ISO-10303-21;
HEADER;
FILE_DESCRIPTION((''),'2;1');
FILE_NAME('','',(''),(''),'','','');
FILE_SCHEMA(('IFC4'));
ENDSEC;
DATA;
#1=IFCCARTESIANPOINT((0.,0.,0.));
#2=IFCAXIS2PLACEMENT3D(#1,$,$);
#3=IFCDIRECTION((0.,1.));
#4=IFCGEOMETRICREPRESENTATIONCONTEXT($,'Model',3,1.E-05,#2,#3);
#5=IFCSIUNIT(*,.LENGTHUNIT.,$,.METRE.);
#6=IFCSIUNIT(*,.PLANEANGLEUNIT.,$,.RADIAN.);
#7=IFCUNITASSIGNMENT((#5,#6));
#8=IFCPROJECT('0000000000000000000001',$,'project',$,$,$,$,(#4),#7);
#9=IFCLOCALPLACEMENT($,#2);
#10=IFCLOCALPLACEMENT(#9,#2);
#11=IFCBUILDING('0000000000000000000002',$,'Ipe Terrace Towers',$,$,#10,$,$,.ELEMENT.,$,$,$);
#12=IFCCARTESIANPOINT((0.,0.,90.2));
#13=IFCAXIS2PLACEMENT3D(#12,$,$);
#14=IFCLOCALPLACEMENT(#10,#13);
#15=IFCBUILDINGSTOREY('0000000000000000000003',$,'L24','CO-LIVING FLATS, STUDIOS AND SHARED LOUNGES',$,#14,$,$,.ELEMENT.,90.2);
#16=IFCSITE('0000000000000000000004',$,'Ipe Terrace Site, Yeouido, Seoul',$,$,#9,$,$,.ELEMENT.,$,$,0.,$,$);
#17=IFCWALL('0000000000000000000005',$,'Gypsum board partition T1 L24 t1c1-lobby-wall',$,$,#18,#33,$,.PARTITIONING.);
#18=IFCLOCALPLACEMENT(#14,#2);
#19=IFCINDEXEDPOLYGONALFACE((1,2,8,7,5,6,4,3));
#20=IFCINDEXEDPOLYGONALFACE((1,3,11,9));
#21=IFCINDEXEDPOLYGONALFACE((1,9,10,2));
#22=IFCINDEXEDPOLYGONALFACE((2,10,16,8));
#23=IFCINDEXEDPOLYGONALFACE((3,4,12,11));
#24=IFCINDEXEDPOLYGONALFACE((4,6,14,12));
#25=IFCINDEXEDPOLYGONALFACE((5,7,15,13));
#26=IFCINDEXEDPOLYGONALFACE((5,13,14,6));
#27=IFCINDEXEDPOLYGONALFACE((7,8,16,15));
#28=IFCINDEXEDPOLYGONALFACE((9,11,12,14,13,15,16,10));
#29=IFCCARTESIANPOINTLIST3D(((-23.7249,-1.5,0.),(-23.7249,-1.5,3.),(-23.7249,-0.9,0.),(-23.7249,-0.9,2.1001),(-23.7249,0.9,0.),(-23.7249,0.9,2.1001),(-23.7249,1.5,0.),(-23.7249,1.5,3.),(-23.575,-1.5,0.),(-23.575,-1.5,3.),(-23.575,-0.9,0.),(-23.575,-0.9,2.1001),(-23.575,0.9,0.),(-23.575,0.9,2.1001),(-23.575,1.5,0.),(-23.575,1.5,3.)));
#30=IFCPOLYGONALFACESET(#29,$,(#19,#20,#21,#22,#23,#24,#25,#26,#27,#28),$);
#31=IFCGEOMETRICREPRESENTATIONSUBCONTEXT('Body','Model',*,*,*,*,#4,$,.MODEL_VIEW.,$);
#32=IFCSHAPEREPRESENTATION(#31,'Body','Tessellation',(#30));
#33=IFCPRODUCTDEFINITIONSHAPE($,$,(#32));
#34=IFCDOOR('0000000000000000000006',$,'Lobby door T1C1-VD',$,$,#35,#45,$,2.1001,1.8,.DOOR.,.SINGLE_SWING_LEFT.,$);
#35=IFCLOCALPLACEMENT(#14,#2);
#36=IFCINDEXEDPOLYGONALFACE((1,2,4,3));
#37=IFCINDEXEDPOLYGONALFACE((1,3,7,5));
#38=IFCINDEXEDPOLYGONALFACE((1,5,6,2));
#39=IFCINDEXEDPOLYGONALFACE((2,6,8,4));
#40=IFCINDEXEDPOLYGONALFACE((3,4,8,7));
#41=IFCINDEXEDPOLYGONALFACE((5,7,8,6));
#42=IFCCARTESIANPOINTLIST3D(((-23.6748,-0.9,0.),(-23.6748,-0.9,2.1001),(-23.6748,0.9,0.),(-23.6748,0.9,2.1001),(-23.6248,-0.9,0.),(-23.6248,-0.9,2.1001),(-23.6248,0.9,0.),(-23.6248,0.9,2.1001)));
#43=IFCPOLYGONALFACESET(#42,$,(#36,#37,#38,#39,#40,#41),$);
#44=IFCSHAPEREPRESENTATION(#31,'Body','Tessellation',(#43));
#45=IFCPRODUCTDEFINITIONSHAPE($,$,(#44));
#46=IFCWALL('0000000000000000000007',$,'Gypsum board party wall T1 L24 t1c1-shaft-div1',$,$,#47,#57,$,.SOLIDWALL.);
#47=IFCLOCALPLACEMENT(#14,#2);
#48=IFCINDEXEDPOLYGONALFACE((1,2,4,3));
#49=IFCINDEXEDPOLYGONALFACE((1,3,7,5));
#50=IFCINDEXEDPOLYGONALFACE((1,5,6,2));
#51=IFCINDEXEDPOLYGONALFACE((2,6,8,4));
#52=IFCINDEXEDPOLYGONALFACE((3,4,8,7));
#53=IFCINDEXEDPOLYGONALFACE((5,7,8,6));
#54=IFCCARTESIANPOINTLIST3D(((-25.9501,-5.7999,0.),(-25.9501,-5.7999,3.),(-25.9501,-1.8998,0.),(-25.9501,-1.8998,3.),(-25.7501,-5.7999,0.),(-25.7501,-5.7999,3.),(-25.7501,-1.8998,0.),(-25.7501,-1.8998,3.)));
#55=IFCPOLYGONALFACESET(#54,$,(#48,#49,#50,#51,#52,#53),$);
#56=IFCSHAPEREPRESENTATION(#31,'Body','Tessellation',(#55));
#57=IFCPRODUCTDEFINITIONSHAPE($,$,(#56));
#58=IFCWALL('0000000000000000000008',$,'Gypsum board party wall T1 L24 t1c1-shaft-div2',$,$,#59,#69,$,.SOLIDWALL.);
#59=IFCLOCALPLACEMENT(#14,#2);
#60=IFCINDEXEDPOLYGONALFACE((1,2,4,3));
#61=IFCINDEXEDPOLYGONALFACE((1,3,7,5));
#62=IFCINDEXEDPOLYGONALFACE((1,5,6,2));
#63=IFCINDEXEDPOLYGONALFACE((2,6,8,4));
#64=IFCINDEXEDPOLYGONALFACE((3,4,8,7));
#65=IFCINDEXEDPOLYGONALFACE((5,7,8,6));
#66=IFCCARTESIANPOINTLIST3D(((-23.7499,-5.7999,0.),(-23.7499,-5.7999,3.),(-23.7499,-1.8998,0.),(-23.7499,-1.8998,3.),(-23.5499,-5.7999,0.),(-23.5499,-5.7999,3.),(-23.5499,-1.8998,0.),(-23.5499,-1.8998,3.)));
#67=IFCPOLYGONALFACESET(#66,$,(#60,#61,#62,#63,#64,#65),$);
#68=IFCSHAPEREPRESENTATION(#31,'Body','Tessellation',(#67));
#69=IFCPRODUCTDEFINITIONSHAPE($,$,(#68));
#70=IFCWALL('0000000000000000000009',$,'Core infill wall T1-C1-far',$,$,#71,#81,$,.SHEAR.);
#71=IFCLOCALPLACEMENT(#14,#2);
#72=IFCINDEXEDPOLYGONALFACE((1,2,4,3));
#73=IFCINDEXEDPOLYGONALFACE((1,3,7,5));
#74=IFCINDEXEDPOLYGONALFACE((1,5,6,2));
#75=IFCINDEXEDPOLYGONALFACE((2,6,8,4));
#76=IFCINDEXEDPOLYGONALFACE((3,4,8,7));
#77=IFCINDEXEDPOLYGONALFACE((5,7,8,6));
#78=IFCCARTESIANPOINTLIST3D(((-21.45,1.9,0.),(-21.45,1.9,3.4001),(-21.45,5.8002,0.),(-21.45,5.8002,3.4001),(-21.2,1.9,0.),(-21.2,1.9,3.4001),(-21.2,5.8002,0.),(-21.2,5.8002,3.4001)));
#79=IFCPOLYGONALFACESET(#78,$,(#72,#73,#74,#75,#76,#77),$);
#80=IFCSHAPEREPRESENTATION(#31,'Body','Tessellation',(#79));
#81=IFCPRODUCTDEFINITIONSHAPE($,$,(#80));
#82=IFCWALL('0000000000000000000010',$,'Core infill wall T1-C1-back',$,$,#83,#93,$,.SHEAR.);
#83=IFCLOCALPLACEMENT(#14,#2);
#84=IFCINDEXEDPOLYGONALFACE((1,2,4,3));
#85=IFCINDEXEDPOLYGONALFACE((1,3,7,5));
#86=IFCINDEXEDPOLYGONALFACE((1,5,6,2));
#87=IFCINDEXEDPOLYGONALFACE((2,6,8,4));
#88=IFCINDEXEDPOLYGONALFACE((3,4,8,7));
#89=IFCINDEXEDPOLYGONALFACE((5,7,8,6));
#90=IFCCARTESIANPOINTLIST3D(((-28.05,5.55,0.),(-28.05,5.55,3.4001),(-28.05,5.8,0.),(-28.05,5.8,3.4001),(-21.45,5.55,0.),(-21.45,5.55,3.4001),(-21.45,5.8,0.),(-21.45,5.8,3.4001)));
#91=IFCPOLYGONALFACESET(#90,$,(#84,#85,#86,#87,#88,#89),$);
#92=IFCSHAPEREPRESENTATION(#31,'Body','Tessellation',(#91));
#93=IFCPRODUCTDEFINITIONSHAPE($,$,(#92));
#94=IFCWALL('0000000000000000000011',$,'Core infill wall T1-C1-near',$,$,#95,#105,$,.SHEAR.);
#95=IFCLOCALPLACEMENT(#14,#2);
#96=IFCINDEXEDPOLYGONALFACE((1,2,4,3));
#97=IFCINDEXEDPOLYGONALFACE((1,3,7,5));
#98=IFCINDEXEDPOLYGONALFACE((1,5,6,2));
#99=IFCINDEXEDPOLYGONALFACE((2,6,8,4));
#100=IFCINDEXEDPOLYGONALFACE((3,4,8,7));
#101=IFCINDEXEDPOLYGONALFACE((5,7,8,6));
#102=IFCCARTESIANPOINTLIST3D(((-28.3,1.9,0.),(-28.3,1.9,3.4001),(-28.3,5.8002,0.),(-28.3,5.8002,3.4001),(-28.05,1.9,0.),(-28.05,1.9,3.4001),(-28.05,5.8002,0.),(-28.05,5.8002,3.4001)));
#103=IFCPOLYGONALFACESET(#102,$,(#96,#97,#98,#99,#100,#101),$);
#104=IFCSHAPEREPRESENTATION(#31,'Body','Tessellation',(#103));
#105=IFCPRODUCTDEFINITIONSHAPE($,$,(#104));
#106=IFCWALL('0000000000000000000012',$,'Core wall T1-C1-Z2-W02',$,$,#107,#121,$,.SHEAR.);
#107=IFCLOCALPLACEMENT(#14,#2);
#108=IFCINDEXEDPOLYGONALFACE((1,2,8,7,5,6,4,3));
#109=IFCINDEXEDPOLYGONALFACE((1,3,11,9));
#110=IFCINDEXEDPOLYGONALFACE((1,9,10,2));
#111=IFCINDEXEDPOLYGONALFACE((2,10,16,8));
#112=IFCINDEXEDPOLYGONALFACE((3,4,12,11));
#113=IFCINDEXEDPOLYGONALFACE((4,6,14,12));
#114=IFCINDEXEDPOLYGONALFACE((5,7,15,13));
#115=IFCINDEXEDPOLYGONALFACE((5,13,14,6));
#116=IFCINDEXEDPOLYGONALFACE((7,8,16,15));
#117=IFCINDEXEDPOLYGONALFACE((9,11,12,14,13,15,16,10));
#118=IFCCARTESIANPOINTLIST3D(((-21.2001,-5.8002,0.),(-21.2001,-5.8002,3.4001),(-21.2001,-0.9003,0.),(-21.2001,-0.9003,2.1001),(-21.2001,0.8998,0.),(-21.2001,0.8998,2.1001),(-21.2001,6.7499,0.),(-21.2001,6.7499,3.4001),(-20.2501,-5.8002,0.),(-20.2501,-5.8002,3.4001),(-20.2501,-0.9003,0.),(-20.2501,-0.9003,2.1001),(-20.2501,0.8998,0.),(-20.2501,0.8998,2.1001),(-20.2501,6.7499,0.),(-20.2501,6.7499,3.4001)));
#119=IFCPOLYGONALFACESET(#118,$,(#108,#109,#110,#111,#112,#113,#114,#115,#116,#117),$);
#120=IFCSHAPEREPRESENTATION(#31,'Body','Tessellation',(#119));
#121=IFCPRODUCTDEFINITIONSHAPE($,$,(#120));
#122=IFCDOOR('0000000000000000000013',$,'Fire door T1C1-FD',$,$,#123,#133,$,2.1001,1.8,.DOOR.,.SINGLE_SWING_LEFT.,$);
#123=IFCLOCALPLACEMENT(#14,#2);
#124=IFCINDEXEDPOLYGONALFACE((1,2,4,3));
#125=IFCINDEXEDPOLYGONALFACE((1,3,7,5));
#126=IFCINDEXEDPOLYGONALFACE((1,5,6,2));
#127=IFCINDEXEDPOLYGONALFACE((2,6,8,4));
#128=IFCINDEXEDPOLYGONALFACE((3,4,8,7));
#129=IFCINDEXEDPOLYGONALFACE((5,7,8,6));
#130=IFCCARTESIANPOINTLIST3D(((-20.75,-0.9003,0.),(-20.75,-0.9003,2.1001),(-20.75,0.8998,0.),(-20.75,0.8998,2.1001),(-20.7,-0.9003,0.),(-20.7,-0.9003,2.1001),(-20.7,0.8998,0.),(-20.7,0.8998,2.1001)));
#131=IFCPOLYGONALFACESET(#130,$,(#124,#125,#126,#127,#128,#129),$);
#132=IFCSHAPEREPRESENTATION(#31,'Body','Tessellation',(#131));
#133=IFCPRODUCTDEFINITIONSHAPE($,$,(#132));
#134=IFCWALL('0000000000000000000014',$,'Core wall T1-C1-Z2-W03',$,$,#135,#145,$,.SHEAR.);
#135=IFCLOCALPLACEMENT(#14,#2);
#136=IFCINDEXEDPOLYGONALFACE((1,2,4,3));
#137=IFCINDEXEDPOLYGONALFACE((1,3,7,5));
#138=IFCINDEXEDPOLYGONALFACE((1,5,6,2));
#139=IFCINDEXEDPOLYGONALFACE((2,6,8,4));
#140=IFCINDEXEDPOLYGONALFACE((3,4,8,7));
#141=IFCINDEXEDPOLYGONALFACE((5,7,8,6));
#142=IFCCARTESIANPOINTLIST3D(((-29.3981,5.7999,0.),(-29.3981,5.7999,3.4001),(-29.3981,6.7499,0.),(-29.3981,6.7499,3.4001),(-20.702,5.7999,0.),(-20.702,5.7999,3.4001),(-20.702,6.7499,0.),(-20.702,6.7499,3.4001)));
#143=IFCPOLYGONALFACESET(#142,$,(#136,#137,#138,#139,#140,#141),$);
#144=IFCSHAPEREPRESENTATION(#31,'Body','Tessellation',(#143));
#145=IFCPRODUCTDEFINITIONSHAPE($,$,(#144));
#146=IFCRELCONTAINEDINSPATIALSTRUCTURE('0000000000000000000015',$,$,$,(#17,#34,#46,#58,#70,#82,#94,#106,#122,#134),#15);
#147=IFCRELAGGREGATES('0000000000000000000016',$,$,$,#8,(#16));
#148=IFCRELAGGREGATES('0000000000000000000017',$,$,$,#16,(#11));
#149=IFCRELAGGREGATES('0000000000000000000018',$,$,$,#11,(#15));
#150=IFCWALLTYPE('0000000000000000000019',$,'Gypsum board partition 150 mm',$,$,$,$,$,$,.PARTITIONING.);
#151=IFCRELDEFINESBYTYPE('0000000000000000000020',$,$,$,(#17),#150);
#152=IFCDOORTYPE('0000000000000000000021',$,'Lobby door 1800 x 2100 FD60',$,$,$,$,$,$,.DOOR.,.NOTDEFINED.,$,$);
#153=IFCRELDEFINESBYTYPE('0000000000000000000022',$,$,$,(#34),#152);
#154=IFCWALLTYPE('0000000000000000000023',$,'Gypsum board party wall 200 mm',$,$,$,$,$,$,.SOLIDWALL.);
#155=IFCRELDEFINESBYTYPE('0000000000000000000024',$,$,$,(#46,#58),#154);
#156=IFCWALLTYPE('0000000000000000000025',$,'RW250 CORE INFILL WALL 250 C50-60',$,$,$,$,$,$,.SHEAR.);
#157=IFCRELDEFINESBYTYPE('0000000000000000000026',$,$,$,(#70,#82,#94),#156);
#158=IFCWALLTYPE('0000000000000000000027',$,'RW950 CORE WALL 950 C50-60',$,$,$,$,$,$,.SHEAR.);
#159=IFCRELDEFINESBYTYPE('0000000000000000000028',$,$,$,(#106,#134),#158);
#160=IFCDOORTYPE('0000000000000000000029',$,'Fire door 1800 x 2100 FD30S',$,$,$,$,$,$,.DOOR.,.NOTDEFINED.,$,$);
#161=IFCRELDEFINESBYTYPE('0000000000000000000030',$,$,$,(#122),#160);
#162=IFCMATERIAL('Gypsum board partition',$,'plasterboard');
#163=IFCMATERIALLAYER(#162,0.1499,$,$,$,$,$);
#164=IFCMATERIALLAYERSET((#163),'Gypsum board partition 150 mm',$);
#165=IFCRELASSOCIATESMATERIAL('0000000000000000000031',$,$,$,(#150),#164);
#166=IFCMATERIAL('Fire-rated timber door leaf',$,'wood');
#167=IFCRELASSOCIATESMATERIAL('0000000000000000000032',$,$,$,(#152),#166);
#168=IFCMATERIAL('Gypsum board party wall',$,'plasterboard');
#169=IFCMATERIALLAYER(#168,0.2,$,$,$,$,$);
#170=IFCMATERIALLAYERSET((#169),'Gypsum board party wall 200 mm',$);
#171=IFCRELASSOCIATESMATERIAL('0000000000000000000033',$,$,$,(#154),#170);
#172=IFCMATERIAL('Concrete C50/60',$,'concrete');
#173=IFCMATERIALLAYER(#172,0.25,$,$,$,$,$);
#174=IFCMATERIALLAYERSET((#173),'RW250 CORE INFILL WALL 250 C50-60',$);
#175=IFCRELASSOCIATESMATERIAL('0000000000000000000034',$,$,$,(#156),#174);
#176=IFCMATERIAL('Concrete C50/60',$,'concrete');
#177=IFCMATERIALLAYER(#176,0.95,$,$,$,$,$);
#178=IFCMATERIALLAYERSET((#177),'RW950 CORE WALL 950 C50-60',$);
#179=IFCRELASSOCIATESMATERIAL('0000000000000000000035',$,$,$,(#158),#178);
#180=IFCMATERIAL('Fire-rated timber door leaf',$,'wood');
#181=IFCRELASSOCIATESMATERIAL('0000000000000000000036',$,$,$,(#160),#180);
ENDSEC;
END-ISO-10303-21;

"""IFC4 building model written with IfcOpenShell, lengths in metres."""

from ifc_helpers import new_model, si_unit, direction, frame, frame_2d, origin, place, context, subcontext, project, spatial, rectangle, extrude, material, layer, layer_set, type_object, element, fill, save


model = new_model("IFC4")

# Units and contexts
model_context = context("Model", 3, precision=1e-05, world=origin(), true_north=direction((0.0, 1.0)))
body_context = subcontext(model_context, "Body", "Model", "MODEL_VIEW")
ifc_project = project(units=[si_unit("LENGTHUNIT", "METRE"), si_unit("PLANEANGLEUNIT", "RADIAN")], contexts=[model_context])

# Site, building, storey
site_placement = place(None, origin())
site = spatial("IfcSite", under=ifc_project, at=site_placement, Name="Ipe Terrace Site, Yeouido, Seoul", CompositionType="ELEMENT", RefElevation=0.0)
building_placement = place(site_placement, origin())
building = spatial("IfcBuilding", under=site, at=building_placement, Name="Ipe Terrace Towers", CompositionType="ELEMENT")
storey_placement = place(building_placement, frame((0.0, 0.0, 90.2)))
storey = spatial("IfcBuildingStorey", under=building, at=storey_placement, Name="L24", Description="CO-LIVING FLATS, STUDIOS AND SHARED LOUNGES", CompositionType="ELEMENT", Elevation=90.2)

# Wall, opening, door
ifc_material_1 = material(Name="Gypsum board partition", Category="plasterboard")
ifc_layer_1 = layer(ifc_material_1, 0.1499)
ifc_layer_set_1 = layer_set([ifc_layer_1], Name="Gypsum board partition 150 mm")
wall_type_1 = type_object("IfcWallType", Name="Gypsum board partition 150 mm", PredefinedType="PARTITIONING", material=ifc_layer_set_1)
wall_1_placement = place(storey_placement, frame((-23.6499, -1.5, 0.0), z_axis=(0.0, 0.0, 1.0), x_axis=(0.0, 1.0, 0.0)))
wall_1 = element("IfcWall", 1, at=wall_1_placement, inside=storey, type_object=wall_type_1, Name="Gypsum board partition T1 L24 t1c1-lobby-wall", PredefinedType="PARTITIONING", context=body_context, shape_type="SweptSolid", body=[
    extrude(rectangle(XDim=3.0, YDim=0.1499, at=frame_2d((1.5, 0.0))), origin(), (0.0, 0.0, 1.0), 3.0),
])
opening_1_placement = place(wall_1_placement, frame((0.6001, 0.0, 0.0)))
opening_1 = element("IfcOpeningElement", 2, at=opening_1_placement, cuts=wall_1, PredefinedType="OPENING", context=body_context, shape_type="SweptSolid", body=[
    extrude(rectangle(XDim=1.8, YDim=2.1001, at=frame_2d((0.8999, 1.05))), frame((0.0, 0.085, 0.0), z_axis=(0.0, -1.0, 0.0), x_axis=(1.0, 0.0, 0.0)), (0.0, 0.0, 1.0), 0.1699),
])
ifc_material_2 = material(Name="Fire-rated timber door leaf", Category="wood")
door_type_1 = type_object("IfcDoorType", Name="Lobby door 1800 x 2100 FD60", OperationType="NOTDEFINED", PredefinedType="DOOR", material=ifc_material_2)
door_1_placement = place(opening_1_placement, origin())
door_1 = element("IfcDoor", 3, at=door_1_placement, inside=storey, type_object=door_type_1, Name="Lobby door T1C1-VD", OperationType="SINGLE_SWING_LEFT", OverallHeight=2.1001, OverallWidth=1.8, PredefinedType="DOOR", context=body_context, shape_type="SweptSolid", body=[
    extrude(rectangle(XDim=1.8, YDim=2.1001, at=frame_2d((0.8999, 1.05))), frame((0.0, 0.0249, 0.0), z_axis=(0.0, -1.0, 0.0), x_axis=(1.0, 0.0, 0.0)), (0.0, 0.0, 1.0), 0.05),
])
fill(opening_1, door_1)

# Walls
ifc_material_3 = material(Name="Gypsum board party wall", Category="plasterboard")
ifc_layer_2 = layer(ifc_material_3, 0.2)
ifc_layer_set_2 = layer_set([ifc_layer_2], Name="Gypsum board party wall 200 mm")
wall_type_2 = type_object("IfcWallType", Name="Gypsum board party wall 200 mm", PredefinedType="SOLIDWALL", material=ifc_layer_set_2)
for number, where, z_axis, x_axis, name in (
    (4, (-25.8501, -5.8, 0.0), (0.0, 0.0, 1.0), (0.0, 1.0, 0.0), "Gypsum board party wall T1 L24 t1c1-shaft-div1"),
    (5, (-23.6499, -5.8, 0.0), (0.0, 0.0, 1.0), (0.0, 1.0, 0.0), "Gypsum board party wall T1 L24 t1c1-shaft-div2"),
):
    element("IfcWall", number, at=place(storey_placement, frame(where, z_axis=z_axis, x_axis=x_axis)), inside=storey, type_object=wall_type_2, Name=name, PredefinedType="SOLIDWALL", context=body_context, shape_type="SweptSolid", body=[
        extrude(rectangle(XDim=3.9001, YDim=0.2, at=frame_2d((1.9502, 0.0))), origin(), (0.0, 0.0, 1.0), 3.0),
    ])
ifc_material_4 = material(Name="Concrete C50/60", Category="concrete")
ifc_layer_3 = layer(ifc_material_4, 0.25)
ifc_layer_set_3 = layer_set([ifc_layer_3], Name="RW250 CORE INFILL WALL 250 C50-60")
wall_type_3 = type_object("IfcWallType", Name="RW250 CORE INFILL WALL 250 C50-60", PredefinedType="SHEAR", material=ifc_layer_set_3)
wall_2_placement = place(storey_placement, frame((-21.325, 1.8999, 0.0), z_axis=(0.0, 0.0, 1.0), x_axis=(0.0, 1.0, 0.0)))
element("IfcWall", 6, at=wall_2_placement, inside=storey, type_object=wall_type_3, Name="Core infill wall T1-C1-far", PredefinedType="SHEAR", context=body_context, shape_type="SweptSolid", body=[
    extrude(rectangle(XDim=3.9001, YDim=0.25, at=frame_2d((1.9502, 0.0))), origin(), (0.0, 0.0, 1.0), 3.4001),
])
wall_3_placement = place(storey_placement, frame((-28.05, 5.675, 0.0), z_axis=(0.0, 0.0, 1.0), x_axis=(1.0, 0.0, 0.0)))
element("IfcWall", 7, at=wall_3_placement, inside=storey, type_object=wall_type_3, Name="Core infill wall T1-C1-back", PredefinedType="SHEAR", context=body_context, shape_type="SweptSolid", body=[
    extrude(rectangle(XDim=6.6001, YDim=0.25, at=frame_2d((3.3, 0.0))), origin(), (0.0, 0.0, 1.0), 3.4001),
])
wall_4_placement = place(storey_placement, frame((-28.175, 1.8999, 0.0), z_axis=(0.0, 0.0, 1.0), x_axis=(0.0, 1.0, 0.0)))
element("IfcWall", 8, at=wall_4_placement, inside=storey, type_object=wall_type_3, Name="Core infill wall T1-C1-near", PredefinedType="SHEAR", context=body_context, shape_type="SweptSolid", body=[
    extrude(rectangle(XDim=3.9001, YDim=0.25, at=frame_2d((1.9502, 0.0))), origin(), (0.0, 0.0, 1.0), 3.4001),
])

# Wall, opening, door
ifc_material_5 = material(Name="Concrete C50/60", Category="concrete")
ifc_layer_4 = layer(ifc_material_5, 0.95)
ifc_layer_set_4 = layer_set([ifc_layer_4], Name="RW950 CORE WALL 950 C50-60")
wall_type_4 = type_object("IfcWallType", Name="RW950 CORE WALL 950 C50-60", PredefinedType="SHEAR", material=ifc_layer_set_4)
wall_5_placement = place(storey_placement, frame((-20.7251, -5.8, 0.0), z_axis=(0.0, 0.0, 1.0), x_axis=(0.0, 1.0, 0.0)))
wall_5 = element("IfcWall", 9, at=wall_5_placement, inside=storey, type_object=wall_type_4, Name="Core wall T1-C1-Z2-W02", PredefinedType="SHEAR", context=body_context, shape_type="SweptSolid", body=[
    extrude(rectangle(XDim=12.55, YDim=0.95, at=frame_2d((6.2749, 0.0))), origin(), (0.0, 0.0, 1.0), 3.4001),
])
opening_2_placement = place(wall_5_placement, frame((4.8999, 0.0, 0.0)))
opening_2 = element("IfcOpeningElement", 10, at=opening_2_placement, cuts=wall_5, PredefinedType="OPENING", context=body_context, shape_type="SweptSolid", body=[
    extrude(rectangle(XDim=1.8, YDim=2.1001, at=frame_2d((0.8999, 1.05))), frame((0.0, 0.4849, 0.0), z_axis=(0.0, -1.0, 0.0), x_axis=(1.0, 0.0, 0.0)), (0.0, 0.0, 1.0), 0.97),
])
ifc_material_6 = material(Name="Fire-rated timber door leaf", Category="wood")
door_type_2 = type_object("IfcDoorType", Name="Fire door 1800 x 2100 FD30S", OperationType="NOTDEFINED", PredefinedType="DOOR", material=ifc_material_6)
door_2_placement = place(opening_2_placement, origin())
door_2 = element("IfcDoor", 11, at=door_2_placement, inside=storey, type_object=door_type_2, Name="Fire door T1C1-FD", OperationType="SINGLE_SWING_LEFT", OverallHeight=2.1001, OverallWidth=1.8, PredefinedType="DOOR", context=body_context, shape_type="SweptSolid", body=[
    extrude(rectangle(XDim=1.8, YDim=2.1001, at=frame_2d((0.8999, 1.05))), frame((0.0, 0.0249, 0.0), z_axis=(0.0, -1.0, 0.0), x_axis=(1.0, 0.0, 0.0)), (0.0, 0.0, 1.0), 0.05),
])
fill(opening_2, door_2)

# Wall
wall_6_placement = place(storey_placement, frame((-20.7019, 6.2749, 0.0), z_axis=(0.0, 0.0, 1.0), x_axis=(-1.0, 0.0, 0.0)))
element("IfcWall", 12, at=wall_6_placement, inside=storey, type_object=wall_type_4, Name="Core wall T1-C1-Z2-W03", PredefinedType="SHEAR", context=body_context, shape_type="SweptSolid", body=[
    extrude(rectangle(XDim=8.696, YDim=0.95, at=frame_2d((4.3481, 0.0))), origin(), (0.0, 0.0, 1.0), 3.4001),
])

save(model, "model.ifc")
